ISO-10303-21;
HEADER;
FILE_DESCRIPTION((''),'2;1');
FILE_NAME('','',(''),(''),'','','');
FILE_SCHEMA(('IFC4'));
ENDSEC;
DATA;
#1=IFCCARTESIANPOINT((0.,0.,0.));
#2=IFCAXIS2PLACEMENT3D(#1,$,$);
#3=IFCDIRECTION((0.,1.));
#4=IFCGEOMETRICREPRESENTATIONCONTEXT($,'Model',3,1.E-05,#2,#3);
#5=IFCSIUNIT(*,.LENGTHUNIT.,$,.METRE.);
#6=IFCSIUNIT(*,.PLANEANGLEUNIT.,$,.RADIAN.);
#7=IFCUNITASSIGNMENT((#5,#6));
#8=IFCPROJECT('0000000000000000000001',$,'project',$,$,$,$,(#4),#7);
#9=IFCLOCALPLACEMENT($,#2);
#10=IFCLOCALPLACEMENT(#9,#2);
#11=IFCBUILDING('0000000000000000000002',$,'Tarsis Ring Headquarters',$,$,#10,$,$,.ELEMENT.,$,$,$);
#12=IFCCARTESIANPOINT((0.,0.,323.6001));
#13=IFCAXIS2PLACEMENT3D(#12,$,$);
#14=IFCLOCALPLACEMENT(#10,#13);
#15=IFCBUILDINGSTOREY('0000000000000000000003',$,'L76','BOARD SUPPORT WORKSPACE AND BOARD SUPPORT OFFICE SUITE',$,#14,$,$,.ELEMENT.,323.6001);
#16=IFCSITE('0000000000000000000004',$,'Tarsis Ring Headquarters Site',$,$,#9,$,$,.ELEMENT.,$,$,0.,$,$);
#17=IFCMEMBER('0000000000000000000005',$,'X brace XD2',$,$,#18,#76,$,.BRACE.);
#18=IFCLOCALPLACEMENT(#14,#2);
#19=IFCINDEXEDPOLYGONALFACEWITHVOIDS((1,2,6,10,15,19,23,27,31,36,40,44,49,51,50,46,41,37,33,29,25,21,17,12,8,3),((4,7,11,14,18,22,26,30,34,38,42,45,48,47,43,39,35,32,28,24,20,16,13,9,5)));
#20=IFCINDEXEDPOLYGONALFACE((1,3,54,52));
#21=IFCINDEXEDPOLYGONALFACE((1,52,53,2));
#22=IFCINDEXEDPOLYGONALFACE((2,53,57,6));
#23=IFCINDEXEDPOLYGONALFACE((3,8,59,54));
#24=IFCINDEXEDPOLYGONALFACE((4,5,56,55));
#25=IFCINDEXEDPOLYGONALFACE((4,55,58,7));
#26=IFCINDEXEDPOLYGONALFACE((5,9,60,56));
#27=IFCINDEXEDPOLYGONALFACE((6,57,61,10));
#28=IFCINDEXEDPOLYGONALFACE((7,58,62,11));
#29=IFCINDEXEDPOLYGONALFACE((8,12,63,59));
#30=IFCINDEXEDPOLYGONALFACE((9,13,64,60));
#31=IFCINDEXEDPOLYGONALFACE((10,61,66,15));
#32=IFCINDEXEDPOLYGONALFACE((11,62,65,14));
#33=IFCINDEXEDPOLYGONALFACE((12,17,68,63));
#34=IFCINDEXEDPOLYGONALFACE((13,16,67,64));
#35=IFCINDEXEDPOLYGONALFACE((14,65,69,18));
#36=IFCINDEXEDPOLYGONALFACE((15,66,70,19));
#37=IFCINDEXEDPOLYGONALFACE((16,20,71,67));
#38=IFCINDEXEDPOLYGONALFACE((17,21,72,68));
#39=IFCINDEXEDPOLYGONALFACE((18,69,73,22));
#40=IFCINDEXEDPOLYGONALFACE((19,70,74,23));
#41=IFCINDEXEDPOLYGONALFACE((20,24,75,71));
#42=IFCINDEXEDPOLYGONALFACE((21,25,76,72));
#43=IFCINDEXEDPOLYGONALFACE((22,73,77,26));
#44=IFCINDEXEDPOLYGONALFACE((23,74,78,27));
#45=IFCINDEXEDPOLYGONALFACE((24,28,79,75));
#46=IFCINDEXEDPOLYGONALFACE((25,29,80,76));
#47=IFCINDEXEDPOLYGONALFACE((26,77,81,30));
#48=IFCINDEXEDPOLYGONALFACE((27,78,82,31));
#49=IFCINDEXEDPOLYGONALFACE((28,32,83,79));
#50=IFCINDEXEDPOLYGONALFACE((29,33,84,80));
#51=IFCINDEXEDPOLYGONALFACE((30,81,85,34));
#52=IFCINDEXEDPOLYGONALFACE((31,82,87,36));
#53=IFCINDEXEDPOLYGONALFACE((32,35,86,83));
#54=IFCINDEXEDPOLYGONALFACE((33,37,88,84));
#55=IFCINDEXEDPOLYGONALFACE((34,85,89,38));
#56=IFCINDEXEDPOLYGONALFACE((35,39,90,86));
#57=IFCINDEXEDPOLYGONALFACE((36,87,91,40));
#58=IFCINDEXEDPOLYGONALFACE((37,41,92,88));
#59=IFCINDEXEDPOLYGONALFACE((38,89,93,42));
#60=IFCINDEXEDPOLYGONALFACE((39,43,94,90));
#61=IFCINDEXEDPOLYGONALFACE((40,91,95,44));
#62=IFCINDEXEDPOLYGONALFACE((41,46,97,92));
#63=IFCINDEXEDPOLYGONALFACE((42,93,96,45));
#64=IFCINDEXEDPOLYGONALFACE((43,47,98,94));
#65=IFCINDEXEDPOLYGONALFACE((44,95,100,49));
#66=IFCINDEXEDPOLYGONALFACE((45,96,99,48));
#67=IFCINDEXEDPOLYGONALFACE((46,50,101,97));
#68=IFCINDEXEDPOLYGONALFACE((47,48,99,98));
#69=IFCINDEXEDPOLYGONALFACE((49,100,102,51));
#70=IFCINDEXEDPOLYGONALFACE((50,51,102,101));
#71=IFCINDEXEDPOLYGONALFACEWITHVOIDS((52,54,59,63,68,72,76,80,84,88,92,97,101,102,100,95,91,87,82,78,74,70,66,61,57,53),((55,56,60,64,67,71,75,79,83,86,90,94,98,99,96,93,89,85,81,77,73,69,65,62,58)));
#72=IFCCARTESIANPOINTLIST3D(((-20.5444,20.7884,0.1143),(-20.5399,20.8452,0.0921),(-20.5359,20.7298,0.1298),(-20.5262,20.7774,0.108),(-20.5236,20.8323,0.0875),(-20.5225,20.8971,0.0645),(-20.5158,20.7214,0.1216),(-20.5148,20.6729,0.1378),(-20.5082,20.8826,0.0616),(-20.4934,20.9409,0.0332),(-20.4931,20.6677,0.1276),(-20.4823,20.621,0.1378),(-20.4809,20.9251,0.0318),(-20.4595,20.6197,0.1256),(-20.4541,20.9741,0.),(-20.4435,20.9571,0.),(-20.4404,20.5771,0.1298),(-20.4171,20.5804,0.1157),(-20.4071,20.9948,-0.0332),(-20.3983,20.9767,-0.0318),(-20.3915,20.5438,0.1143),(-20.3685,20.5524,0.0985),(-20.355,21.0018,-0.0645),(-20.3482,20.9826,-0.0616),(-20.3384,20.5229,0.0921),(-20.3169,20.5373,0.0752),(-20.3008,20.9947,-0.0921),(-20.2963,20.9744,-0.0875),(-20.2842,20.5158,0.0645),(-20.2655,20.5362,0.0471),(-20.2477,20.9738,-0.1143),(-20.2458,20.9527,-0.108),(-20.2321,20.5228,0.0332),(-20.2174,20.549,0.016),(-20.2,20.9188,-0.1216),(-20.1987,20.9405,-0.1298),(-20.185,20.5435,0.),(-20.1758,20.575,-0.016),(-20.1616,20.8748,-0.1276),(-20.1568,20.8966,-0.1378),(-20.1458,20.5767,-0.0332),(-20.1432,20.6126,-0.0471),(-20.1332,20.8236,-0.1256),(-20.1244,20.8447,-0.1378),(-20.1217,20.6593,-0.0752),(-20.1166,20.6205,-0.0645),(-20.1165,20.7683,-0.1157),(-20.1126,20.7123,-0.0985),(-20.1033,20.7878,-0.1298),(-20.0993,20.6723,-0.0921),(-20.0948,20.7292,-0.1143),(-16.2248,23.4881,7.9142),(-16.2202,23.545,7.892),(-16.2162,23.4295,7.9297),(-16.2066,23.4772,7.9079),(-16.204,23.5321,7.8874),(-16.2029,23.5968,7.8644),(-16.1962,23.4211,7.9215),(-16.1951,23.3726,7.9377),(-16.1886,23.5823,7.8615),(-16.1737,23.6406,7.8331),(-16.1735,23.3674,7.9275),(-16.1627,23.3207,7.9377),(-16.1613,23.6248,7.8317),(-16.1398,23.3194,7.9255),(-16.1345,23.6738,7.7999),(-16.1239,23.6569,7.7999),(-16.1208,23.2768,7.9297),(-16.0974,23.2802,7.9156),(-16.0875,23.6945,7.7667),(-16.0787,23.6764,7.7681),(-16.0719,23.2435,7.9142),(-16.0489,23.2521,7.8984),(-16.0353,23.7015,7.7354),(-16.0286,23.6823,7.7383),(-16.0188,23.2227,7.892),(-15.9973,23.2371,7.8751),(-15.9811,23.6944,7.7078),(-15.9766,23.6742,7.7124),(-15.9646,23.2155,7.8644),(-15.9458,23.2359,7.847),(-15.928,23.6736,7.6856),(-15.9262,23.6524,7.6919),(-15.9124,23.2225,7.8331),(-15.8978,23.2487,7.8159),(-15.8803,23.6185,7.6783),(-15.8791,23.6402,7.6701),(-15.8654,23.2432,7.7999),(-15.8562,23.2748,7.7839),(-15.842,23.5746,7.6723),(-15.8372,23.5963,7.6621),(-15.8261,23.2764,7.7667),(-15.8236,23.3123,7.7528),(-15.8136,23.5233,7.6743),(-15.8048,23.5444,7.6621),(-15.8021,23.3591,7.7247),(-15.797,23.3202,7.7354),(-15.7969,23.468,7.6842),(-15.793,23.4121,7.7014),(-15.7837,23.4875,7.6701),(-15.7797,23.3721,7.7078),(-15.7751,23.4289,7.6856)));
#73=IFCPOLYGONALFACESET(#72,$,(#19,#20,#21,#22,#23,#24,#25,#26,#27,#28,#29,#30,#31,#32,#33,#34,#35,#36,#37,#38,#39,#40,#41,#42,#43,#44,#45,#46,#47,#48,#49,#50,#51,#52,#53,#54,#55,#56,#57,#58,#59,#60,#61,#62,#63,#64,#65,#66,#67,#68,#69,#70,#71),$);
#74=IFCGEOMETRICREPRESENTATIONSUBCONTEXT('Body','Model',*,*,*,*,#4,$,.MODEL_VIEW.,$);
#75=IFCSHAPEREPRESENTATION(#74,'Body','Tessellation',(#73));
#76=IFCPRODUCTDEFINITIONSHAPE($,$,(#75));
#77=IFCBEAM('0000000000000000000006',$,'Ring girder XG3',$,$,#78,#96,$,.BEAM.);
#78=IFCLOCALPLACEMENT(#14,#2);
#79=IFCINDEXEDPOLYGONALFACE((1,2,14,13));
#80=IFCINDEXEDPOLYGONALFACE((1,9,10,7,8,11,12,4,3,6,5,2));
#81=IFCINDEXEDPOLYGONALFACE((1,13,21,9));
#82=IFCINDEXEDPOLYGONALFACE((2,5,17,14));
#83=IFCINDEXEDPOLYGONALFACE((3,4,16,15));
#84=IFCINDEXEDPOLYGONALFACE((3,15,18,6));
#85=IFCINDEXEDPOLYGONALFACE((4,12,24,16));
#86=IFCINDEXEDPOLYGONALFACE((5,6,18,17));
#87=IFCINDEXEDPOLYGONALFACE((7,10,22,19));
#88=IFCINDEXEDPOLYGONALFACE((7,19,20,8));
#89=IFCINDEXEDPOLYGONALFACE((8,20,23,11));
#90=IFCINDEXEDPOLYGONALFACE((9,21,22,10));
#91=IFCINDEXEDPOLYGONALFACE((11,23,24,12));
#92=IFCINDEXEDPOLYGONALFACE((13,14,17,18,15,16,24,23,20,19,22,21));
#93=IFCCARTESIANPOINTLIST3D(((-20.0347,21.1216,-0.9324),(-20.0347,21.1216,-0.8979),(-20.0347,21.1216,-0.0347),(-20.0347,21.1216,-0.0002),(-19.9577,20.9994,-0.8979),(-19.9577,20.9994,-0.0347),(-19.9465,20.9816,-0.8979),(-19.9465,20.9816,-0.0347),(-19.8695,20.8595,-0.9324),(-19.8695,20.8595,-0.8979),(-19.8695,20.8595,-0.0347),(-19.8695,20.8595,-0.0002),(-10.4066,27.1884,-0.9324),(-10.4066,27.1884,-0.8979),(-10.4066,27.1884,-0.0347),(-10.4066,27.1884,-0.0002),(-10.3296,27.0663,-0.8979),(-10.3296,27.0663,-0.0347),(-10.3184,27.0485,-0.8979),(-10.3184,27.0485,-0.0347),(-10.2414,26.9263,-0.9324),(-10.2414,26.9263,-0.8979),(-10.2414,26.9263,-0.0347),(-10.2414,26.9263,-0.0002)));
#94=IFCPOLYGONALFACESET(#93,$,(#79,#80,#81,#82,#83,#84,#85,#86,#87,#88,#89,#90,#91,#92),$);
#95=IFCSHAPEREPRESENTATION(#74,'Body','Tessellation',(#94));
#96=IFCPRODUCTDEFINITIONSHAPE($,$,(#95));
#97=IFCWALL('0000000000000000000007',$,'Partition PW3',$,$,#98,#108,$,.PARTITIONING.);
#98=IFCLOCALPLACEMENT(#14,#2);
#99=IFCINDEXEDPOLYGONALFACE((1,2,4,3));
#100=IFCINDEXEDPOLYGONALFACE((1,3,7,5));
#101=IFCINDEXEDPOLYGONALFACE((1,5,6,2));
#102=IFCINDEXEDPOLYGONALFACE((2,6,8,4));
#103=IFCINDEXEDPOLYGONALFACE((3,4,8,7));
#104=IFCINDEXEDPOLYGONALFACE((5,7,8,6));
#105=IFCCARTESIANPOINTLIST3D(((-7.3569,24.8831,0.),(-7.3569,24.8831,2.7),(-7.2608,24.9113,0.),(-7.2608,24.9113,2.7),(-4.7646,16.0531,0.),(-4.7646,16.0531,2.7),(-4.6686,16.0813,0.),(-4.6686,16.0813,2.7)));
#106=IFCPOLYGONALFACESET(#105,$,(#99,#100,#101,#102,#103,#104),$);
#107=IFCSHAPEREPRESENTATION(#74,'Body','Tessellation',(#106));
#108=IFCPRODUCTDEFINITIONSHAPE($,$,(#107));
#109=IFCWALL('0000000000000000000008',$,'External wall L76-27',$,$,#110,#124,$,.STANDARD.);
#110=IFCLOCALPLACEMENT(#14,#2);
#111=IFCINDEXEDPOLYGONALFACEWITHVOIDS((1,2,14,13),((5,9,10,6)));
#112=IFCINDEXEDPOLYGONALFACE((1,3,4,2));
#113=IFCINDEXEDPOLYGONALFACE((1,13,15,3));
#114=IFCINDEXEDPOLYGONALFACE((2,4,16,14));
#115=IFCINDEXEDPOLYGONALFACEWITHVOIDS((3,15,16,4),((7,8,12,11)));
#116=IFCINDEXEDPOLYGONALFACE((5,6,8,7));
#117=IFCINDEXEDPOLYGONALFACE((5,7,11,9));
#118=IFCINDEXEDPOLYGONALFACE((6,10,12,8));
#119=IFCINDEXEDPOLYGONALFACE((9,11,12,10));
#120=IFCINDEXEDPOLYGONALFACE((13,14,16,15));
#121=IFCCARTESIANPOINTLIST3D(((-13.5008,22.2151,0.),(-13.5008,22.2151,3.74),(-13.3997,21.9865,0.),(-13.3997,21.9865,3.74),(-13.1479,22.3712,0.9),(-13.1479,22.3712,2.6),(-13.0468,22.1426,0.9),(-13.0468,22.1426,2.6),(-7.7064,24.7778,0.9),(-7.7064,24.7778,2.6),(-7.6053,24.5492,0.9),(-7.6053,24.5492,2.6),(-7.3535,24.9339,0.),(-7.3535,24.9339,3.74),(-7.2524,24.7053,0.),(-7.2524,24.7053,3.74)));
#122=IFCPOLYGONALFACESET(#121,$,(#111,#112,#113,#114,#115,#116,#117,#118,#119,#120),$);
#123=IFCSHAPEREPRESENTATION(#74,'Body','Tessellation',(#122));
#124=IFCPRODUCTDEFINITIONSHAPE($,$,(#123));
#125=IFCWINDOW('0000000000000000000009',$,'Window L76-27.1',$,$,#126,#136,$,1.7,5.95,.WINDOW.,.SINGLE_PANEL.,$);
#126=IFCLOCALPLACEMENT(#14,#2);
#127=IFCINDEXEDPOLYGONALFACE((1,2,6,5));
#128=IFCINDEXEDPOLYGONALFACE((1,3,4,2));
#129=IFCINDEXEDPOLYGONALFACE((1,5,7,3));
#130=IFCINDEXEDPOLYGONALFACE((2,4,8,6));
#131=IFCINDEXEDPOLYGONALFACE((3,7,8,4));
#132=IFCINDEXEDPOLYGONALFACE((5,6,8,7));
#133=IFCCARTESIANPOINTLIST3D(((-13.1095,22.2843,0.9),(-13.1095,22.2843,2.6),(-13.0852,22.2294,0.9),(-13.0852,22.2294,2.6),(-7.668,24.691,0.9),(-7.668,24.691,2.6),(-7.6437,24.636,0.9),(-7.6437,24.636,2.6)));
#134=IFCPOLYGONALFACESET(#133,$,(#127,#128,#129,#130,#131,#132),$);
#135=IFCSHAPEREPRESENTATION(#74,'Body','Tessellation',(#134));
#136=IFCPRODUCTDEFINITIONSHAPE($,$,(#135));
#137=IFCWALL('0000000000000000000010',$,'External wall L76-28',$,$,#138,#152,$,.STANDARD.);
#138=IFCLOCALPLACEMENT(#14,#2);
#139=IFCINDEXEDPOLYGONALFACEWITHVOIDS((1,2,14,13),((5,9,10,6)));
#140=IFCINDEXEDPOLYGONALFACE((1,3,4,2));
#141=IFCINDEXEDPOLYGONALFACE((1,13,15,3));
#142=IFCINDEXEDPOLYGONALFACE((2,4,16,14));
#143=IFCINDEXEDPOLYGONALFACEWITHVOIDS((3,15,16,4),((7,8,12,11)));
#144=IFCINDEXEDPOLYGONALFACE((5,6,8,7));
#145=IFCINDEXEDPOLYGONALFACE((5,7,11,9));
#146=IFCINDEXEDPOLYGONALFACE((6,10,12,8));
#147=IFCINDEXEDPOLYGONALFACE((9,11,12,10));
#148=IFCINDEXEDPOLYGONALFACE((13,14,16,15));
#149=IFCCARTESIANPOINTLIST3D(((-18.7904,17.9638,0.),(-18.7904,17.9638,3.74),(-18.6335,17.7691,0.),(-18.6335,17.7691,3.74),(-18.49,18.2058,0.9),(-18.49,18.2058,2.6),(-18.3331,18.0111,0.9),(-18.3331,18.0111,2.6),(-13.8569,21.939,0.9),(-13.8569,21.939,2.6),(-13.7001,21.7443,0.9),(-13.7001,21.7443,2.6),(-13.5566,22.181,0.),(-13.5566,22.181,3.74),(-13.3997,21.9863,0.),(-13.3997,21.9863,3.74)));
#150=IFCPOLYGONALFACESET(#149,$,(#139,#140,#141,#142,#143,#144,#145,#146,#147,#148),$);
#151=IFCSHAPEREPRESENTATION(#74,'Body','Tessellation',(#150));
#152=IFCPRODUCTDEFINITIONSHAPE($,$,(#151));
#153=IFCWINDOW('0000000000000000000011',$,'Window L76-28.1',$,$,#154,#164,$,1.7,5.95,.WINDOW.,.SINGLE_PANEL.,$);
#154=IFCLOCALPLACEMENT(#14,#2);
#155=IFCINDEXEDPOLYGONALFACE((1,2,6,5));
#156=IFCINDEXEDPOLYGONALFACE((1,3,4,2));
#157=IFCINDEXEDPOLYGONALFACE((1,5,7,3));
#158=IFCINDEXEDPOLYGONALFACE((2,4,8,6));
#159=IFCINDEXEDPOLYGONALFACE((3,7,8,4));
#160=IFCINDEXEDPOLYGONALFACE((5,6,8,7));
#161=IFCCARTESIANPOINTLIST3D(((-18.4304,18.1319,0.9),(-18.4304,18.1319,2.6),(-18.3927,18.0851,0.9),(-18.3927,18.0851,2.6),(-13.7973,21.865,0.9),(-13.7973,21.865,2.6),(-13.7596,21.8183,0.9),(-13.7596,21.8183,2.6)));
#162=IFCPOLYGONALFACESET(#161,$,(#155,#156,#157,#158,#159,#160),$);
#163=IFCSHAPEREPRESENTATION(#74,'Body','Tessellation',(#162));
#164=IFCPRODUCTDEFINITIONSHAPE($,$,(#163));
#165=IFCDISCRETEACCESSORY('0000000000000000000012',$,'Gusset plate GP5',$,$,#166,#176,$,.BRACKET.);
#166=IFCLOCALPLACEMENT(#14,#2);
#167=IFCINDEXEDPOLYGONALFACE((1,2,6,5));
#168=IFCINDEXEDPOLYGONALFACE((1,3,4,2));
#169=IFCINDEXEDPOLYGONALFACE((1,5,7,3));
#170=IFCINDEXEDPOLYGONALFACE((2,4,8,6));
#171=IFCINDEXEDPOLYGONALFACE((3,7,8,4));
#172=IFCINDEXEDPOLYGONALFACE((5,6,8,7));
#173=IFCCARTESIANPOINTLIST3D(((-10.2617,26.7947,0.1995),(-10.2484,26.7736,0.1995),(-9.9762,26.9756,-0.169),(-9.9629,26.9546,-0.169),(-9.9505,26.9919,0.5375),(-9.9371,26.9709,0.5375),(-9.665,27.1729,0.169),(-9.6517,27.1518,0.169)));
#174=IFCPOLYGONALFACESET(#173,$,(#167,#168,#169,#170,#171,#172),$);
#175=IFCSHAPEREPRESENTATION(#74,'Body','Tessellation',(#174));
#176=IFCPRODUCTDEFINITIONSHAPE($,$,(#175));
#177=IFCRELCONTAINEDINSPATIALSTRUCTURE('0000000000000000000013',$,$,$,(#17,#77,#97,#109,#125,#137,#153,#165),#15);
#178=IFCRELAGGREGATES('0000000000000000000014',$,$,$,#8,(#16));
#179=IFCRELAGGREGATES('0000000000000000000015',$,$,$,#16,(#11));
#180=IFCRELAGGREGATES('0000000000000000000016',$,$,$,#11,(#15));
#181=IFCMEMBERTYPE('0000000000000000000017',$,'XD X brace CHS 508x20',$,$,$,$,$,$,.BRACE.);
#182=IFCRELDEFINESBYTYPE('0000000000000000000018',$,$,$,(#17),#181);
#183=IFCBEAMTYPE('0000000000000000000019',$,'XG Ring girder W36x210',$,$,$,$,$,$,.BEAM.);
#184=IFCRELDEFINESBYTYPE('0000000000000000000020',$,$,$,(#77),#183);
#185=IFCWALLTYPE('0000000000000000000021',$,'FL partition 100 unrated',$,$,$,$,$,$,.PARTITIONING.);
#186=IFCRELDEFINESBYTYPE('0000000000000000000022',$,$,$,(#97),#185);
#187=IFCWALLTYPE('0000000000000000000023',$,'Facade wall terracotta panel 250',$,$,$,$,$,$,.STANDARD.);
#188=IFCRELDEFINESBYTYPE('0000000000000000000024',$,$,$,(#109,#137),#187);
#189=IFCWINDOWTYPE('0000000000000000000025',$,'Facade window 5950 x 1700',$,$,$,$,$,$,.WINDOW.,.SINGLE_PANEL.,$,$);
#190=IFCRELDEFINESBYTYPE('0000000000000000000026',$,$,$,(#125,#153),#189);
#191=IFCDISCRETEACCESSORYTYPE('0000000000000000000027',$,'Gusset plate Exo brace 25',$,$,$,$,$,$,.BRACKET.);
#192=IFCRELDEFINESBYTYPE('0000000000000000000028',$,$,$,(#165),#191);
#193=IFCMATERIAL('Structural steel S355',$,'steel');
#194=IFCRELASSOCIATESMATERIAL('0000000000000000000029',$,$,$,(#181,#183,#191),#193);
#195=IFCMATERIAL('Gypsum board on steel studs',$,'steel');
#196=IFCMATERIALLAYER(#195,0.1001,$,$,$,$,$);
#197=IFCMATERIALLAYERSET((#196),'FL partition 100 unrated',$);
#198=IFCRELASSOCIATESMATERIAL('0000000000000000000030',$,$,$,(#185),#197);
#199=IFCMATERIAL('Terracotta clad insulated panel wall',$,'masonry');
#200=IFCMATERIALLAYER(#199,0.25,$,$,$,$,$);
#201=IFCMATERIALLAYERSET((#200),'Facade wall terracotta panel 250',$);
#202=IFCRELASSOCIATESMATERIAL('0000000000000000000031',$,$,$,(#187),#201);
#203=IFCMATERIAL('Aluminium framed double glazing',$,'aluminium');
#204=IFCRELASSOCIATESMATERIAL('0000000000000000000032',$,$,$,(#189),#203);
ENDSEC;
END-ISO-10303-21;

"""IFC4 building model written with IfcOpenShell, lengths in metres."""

from ifc_helpers import new_model, si_unit, direction, frame, frame_2d, origin, origin_2d, place, context, subcontext, project, spatial, rectangle, hollow_circle, i_section, extrude, material, layer, layer_set, material_profile, profile_set, type_object, element, fill, save


model = new_model("IFC4")

# Units and contexts
model_context = context("Model", 3, precision=1e-05, world=origin(), true_north=direction((0.0, 1.0)))
body_context = subcontext(model_context, "Body", "Model", "MODEL_VIEW")
ifc_project = project(units=[si_unit("LENGTHUNIT", "METRE"), si_unit("PLANEANGLEUNIT", "RADIAN")], contexts=[model_context])

# Site, building, storey
site_placement = place(None, origin())
site = spatial("IfcSite", under=ifc_project, at=site_placement, Name="Tarsis Ring Headquarters Site", CompositionType="ELEMENT", RefElevation=0.0)
building_placement = place(site_placement, origin())
building = spatial("IfcBuilding", under=site, at=building_placement, Name="Tarsis Ring Headquarters", CompositionType="ELEMENT")
storey_placement = place(building_placement, frame((0.0, 0.0, 323.6001)))
storey = spatial("IfcBuildingStorey", under=building, at=storey_placement, Name="L76", Description="BOARD SUPPORT WORKSPACE AND BOARD SUPPORT OFFICE SUITE", CompositionType="ELEMENT", Elevation=323.6001)

# Shared definitions
ifc_material_1 = material(Name="Structural steel S355", Category="steel")

# Member
ifc_material_profile_1 = material_profile(ifc_material_1, hollow_circle(Radius=0.2539, WallThickness=0.02, at=origin_2d()), Name="CHS 508x20")
ifc_profile_set_1 = profile_set([ifc_material_profile_1], Name="Structural steel S355")
member_type = type_object("IfcMemberType", Name="XD X brace CHS 508x20", PredefinedType="BRACE", material=ifc_profile_set_1)
member_1_placement = place(storey_placement, frame((-20.3196, 20.7588, 0.0), z_axis=(0.463683, 0.289799, 0.837266), x_axis=(-0.529995, 0.848001, 0.0)))
element("IfcMember", 1, at=member_1_placement, inside=storey, type_object=member_type, Name="X brace XD2", PredefinedType="BRACE", context=body_context, shape_type="SweptSolid", body=[
    extrude(hollow_circle(Radius=0.2539, WallThickness=0.02, at=origin_2d()), origin(), (0.0, 0.0, 1.0), 9.3159),
])

# Beam
ifc_material_profile_2 = material_profile(ifc_material_1, i_section(OverallWidth=0.3098, OverallDepth=0.9321, WebThickness=0.021, FlangeThickness=0.0344, at=origin_2d()), Name="W36x210")
ifc_profile_set_2 = profile_set([ifc_material_profile_2], Name="Structural steel S355")
beam_type_1 = type_object("IfcBeamType", Name="XG Ring girder W36x210", PredefinedType="BEAM", material=ifc_profile_set_2)
beam_1_placement = place(storey_placement, frame((-10.324, 27.0574, -0.4663), z_axis=(-0.846046, -0.53311, 0.0), x_axis=(0.53311, -0.846046, 0.0)))
element("IfcBeam", 2, at=beam_1_placement, inside=storey, type_object=beam_type_1, Name="Ring girder XG3", PredefinedType="BEAM", context=body_context, shape_type="SweptSolid", body=[
    extrude(i_section(OverallWidth=0.3098, OverallDepth=0.9321, WebThickness=0.021, FlangeThickness=0.0344, at=origin_2d()), origin(), (0.0, 0.0, 1.0), 11.3801),
])

# Wall
ifc_material_2 = material(Name="Gypsum board on steel studs", Category="steel")
ifc_layer_1 = layer(ifc_material_2, 0.1001)
ifc_layer_set_1 = layer_set([ifc_layer_1], Name="FL partition 100 unrated")
wall_type_1 = type_object("IfcWallType", Name="FL partition 100 unrated", PredefinedType="PARTITIONING", material=ifc_layer_set_1)
wall_1_placement = place(storey_placement, frame((-7.3088, 24.8972, 0.0), z_axis=(0.0, 0.0, 1.0), x_axis=(0.281687, -0.959506, 0.0)))
element("IfcWall", 3, at=wall_1_placement, inside=storey, type_object=wall_type_1, Name="Partition PW3", PredefinedType="PARTITIONING", context=body_context, shape_type="SweptSolid", body=[
    extrude(rectangle(XDim=9.2026, YDim=0.1001, at=frame_2d((4.6013, 0.0))), origin(), (0.0, 0.0, 1.0), 2.7),
])

# Walls, openings, windows
ifc_material_3 = material(Name="Terracotta clad insulated panel wall", Category="masonry")
ifc_layer_2 = layer(ifc_material_3, 0.25)
ifc_layer_set_2 = layer_set([ifc_layer_2], Name="Facade wall terracotta panel 250")
wall_type_2 = type_object("IfcWallType", Name="Facade wall terracotta panel 250", PredefinedType="STANDARD", material=ifc_layer_set_2)
wall_2_placement = place(storey_placement, frame((-7.303, 24.8196, 0.0), z_axis=(0.0, 0.0, 1.0), x_axis=(-0.914547, -0.40448, 0.0)))
wall_2 = element("IfcWall", 4, at=wall_2_placement, inside=storey, type_object=wall_type_2, Name="External wall L76-27", PredefinedType="STANDARD", context=body_context, shape_type="SweptSolid", body=[
    extrude(rectangle(XDim=6.7217, YDim=0.25, at=frame_2d((3.3608, 0.0))), origin(), (0.0, 0.0, 1.0), 3.74),
])
opening_1_placement = place(wall_2_placement, frame((0.3857, 0.0, 0.8999)))
opening_1 = element("IfcOpeningElement", 5, at=opening_1_placement, cuts=wall_2, PredefinedType="OPENING", context=body_context, shape_type="SweptSolid", body=[
    extrude(rectangle(XDim=5.95, YDim=1.7, at=frame_2d((2.9751, 0.8501))), frame((0.0, 0.135, 0.0), z_axis=(0.0, -1.0, 0.0), x_axis=(1.0, 0.0, 0.0)), (0.0, 0.0, 1.0), 0.27),
])
ifc_material_4 = material(Name="Aluminium framed double glazing", Category="aluminium")
window_type = type_object("IfcWindowType", Name="Facade window 5950 x 1700", PartitioningType="SINGLE_PANEL", PredefinedType="WINDOW", material=ifc_material_4)
window_1_placement = place(opening_1_placement, origin())
window_1 = element("IfcWindow", 6, at=window_1_placement, inside=storey, type_object=window_type, Name="Window L76-27.1", OverallHeight=1.7, OverallWidth=5.95, PartitioningType="SINGLE_PANEL", PredefinedType="WINDOW", context=body_context, shape_type="SweptSolid", body=[
    extrude(rectangle(XDim=5.95, YDim=1.7, at=frame_2d((2.9751, 0.8501))), frame((0.0, 0.03, 0.0), z_axis=(0.0, -1.0, 0.0), x_axis=(1.0, 0.0, 0.0)), (0.0, 0.0, 1.0), 0.0601),
])
fill(opening_1, window_1)
wall_3_placement = place(storey_placement, frame((-13.478, 22.0837, 0.0), z_axis=(0.0, 0.0, 1.0), x_axis=(-0.778674, -0.627429, 0.0)))
wall_3 = element("IfcWall", 7, at=wall_3_placement, inside=storey, type_object=wall_type_2, Name="External wall L76-28", PredefinedType="STANDARD", context=body_context, shape_type="SweptSolid", body=[
    extrude(rectangle(XDim=6.7214, YDim=0.25, at=frame_2d((3.3608, 0.0))), origin(), (0.0, 0.0, 1.0), 3.74),
])
opening_2_placement = place(wall_3_placement, frame((0.3857, 0.0, 0.8999)))
opening_2 = element("IfcOpeningElement", 8, at=opening_2_placement, cuts=wall_3, PredefinedType="OPENING", context=body_context, shape_type="SweptSolid", body=[
    extrude(rectangle(XDim=5.95, YDim=1.7, at=frame_2d((2.9751, 0.8501))), frame((0.0, 0.135, 0.0), z_axis=(0.0, -1.0, 0.0), x_axis=(1.0, 0.0, 0.0)), (0.0, 0.0, 1.0), 0.27),
])
window_2_placement = place(opening_2_placement, origin())
window_2 = element("IfcWindow", 9, at=window_2_placement, inside=storey, type_object=window_type, Name="Window L76-28.1", OverallHeight=1.7, OverallWidth=5.95, PartitioningType="SINGLE_PANEL", PredefinedType="WINDOW", context=body_context, shape_type="SweptSolid", body=[
    extrude(rectangle(XDim=5.95, YDim=1.7, at=frame_2d((2.9751, 0.8501))), frame((0.0, 0.03, 0.0), z_axis=(0.0, -1.0, 0.0), x_axis=(1.0, 0.0, 0.0)), (0.0, 0.0, 1.0), 0.0601),
])
fill(opening_2, window_2)

# Discrete accessory
ifc_material_profile_3 = material_profile(ifc_material_1, rectangle(XDim=0.0249, YDim=0.5, at=origin_2d()), Name="PL 25x500")
ifc_profile_set_3 = profile_set([ifc_material_profile_3], Name="Structural steel S355")
discrete_accessory_type = type_object("IfcDiscreteAccessoryType", Name="Gusset plate Exo brace 25", PredefinedType="BRACKET", material=ifc_profile_set_3)
discrete_accessory_1_placement = place(storey_placement, frame((-9.814, 27.0637, 0.0), z_axis=(-0.570908, -0.361885, 0.736955), x_axis=(0.535379, -0.844612, 0.0)))
element("IfcDiscreteAccessory", 10, at=discrete_accessory_1_placement, inside=storey, type_object=discrete_accessory_type, Name="Gusset plate GP5", PredefinedType="BRACKET", context=body_context, shape_type="SweptSolid", body=[
    extrude(rectangle(XDim=0.0249, YDim=0.5, at=origin_2d()), origin(), (0.0, 0.0, 1.0), 0.5),
])

save(model, "model.ifc")
